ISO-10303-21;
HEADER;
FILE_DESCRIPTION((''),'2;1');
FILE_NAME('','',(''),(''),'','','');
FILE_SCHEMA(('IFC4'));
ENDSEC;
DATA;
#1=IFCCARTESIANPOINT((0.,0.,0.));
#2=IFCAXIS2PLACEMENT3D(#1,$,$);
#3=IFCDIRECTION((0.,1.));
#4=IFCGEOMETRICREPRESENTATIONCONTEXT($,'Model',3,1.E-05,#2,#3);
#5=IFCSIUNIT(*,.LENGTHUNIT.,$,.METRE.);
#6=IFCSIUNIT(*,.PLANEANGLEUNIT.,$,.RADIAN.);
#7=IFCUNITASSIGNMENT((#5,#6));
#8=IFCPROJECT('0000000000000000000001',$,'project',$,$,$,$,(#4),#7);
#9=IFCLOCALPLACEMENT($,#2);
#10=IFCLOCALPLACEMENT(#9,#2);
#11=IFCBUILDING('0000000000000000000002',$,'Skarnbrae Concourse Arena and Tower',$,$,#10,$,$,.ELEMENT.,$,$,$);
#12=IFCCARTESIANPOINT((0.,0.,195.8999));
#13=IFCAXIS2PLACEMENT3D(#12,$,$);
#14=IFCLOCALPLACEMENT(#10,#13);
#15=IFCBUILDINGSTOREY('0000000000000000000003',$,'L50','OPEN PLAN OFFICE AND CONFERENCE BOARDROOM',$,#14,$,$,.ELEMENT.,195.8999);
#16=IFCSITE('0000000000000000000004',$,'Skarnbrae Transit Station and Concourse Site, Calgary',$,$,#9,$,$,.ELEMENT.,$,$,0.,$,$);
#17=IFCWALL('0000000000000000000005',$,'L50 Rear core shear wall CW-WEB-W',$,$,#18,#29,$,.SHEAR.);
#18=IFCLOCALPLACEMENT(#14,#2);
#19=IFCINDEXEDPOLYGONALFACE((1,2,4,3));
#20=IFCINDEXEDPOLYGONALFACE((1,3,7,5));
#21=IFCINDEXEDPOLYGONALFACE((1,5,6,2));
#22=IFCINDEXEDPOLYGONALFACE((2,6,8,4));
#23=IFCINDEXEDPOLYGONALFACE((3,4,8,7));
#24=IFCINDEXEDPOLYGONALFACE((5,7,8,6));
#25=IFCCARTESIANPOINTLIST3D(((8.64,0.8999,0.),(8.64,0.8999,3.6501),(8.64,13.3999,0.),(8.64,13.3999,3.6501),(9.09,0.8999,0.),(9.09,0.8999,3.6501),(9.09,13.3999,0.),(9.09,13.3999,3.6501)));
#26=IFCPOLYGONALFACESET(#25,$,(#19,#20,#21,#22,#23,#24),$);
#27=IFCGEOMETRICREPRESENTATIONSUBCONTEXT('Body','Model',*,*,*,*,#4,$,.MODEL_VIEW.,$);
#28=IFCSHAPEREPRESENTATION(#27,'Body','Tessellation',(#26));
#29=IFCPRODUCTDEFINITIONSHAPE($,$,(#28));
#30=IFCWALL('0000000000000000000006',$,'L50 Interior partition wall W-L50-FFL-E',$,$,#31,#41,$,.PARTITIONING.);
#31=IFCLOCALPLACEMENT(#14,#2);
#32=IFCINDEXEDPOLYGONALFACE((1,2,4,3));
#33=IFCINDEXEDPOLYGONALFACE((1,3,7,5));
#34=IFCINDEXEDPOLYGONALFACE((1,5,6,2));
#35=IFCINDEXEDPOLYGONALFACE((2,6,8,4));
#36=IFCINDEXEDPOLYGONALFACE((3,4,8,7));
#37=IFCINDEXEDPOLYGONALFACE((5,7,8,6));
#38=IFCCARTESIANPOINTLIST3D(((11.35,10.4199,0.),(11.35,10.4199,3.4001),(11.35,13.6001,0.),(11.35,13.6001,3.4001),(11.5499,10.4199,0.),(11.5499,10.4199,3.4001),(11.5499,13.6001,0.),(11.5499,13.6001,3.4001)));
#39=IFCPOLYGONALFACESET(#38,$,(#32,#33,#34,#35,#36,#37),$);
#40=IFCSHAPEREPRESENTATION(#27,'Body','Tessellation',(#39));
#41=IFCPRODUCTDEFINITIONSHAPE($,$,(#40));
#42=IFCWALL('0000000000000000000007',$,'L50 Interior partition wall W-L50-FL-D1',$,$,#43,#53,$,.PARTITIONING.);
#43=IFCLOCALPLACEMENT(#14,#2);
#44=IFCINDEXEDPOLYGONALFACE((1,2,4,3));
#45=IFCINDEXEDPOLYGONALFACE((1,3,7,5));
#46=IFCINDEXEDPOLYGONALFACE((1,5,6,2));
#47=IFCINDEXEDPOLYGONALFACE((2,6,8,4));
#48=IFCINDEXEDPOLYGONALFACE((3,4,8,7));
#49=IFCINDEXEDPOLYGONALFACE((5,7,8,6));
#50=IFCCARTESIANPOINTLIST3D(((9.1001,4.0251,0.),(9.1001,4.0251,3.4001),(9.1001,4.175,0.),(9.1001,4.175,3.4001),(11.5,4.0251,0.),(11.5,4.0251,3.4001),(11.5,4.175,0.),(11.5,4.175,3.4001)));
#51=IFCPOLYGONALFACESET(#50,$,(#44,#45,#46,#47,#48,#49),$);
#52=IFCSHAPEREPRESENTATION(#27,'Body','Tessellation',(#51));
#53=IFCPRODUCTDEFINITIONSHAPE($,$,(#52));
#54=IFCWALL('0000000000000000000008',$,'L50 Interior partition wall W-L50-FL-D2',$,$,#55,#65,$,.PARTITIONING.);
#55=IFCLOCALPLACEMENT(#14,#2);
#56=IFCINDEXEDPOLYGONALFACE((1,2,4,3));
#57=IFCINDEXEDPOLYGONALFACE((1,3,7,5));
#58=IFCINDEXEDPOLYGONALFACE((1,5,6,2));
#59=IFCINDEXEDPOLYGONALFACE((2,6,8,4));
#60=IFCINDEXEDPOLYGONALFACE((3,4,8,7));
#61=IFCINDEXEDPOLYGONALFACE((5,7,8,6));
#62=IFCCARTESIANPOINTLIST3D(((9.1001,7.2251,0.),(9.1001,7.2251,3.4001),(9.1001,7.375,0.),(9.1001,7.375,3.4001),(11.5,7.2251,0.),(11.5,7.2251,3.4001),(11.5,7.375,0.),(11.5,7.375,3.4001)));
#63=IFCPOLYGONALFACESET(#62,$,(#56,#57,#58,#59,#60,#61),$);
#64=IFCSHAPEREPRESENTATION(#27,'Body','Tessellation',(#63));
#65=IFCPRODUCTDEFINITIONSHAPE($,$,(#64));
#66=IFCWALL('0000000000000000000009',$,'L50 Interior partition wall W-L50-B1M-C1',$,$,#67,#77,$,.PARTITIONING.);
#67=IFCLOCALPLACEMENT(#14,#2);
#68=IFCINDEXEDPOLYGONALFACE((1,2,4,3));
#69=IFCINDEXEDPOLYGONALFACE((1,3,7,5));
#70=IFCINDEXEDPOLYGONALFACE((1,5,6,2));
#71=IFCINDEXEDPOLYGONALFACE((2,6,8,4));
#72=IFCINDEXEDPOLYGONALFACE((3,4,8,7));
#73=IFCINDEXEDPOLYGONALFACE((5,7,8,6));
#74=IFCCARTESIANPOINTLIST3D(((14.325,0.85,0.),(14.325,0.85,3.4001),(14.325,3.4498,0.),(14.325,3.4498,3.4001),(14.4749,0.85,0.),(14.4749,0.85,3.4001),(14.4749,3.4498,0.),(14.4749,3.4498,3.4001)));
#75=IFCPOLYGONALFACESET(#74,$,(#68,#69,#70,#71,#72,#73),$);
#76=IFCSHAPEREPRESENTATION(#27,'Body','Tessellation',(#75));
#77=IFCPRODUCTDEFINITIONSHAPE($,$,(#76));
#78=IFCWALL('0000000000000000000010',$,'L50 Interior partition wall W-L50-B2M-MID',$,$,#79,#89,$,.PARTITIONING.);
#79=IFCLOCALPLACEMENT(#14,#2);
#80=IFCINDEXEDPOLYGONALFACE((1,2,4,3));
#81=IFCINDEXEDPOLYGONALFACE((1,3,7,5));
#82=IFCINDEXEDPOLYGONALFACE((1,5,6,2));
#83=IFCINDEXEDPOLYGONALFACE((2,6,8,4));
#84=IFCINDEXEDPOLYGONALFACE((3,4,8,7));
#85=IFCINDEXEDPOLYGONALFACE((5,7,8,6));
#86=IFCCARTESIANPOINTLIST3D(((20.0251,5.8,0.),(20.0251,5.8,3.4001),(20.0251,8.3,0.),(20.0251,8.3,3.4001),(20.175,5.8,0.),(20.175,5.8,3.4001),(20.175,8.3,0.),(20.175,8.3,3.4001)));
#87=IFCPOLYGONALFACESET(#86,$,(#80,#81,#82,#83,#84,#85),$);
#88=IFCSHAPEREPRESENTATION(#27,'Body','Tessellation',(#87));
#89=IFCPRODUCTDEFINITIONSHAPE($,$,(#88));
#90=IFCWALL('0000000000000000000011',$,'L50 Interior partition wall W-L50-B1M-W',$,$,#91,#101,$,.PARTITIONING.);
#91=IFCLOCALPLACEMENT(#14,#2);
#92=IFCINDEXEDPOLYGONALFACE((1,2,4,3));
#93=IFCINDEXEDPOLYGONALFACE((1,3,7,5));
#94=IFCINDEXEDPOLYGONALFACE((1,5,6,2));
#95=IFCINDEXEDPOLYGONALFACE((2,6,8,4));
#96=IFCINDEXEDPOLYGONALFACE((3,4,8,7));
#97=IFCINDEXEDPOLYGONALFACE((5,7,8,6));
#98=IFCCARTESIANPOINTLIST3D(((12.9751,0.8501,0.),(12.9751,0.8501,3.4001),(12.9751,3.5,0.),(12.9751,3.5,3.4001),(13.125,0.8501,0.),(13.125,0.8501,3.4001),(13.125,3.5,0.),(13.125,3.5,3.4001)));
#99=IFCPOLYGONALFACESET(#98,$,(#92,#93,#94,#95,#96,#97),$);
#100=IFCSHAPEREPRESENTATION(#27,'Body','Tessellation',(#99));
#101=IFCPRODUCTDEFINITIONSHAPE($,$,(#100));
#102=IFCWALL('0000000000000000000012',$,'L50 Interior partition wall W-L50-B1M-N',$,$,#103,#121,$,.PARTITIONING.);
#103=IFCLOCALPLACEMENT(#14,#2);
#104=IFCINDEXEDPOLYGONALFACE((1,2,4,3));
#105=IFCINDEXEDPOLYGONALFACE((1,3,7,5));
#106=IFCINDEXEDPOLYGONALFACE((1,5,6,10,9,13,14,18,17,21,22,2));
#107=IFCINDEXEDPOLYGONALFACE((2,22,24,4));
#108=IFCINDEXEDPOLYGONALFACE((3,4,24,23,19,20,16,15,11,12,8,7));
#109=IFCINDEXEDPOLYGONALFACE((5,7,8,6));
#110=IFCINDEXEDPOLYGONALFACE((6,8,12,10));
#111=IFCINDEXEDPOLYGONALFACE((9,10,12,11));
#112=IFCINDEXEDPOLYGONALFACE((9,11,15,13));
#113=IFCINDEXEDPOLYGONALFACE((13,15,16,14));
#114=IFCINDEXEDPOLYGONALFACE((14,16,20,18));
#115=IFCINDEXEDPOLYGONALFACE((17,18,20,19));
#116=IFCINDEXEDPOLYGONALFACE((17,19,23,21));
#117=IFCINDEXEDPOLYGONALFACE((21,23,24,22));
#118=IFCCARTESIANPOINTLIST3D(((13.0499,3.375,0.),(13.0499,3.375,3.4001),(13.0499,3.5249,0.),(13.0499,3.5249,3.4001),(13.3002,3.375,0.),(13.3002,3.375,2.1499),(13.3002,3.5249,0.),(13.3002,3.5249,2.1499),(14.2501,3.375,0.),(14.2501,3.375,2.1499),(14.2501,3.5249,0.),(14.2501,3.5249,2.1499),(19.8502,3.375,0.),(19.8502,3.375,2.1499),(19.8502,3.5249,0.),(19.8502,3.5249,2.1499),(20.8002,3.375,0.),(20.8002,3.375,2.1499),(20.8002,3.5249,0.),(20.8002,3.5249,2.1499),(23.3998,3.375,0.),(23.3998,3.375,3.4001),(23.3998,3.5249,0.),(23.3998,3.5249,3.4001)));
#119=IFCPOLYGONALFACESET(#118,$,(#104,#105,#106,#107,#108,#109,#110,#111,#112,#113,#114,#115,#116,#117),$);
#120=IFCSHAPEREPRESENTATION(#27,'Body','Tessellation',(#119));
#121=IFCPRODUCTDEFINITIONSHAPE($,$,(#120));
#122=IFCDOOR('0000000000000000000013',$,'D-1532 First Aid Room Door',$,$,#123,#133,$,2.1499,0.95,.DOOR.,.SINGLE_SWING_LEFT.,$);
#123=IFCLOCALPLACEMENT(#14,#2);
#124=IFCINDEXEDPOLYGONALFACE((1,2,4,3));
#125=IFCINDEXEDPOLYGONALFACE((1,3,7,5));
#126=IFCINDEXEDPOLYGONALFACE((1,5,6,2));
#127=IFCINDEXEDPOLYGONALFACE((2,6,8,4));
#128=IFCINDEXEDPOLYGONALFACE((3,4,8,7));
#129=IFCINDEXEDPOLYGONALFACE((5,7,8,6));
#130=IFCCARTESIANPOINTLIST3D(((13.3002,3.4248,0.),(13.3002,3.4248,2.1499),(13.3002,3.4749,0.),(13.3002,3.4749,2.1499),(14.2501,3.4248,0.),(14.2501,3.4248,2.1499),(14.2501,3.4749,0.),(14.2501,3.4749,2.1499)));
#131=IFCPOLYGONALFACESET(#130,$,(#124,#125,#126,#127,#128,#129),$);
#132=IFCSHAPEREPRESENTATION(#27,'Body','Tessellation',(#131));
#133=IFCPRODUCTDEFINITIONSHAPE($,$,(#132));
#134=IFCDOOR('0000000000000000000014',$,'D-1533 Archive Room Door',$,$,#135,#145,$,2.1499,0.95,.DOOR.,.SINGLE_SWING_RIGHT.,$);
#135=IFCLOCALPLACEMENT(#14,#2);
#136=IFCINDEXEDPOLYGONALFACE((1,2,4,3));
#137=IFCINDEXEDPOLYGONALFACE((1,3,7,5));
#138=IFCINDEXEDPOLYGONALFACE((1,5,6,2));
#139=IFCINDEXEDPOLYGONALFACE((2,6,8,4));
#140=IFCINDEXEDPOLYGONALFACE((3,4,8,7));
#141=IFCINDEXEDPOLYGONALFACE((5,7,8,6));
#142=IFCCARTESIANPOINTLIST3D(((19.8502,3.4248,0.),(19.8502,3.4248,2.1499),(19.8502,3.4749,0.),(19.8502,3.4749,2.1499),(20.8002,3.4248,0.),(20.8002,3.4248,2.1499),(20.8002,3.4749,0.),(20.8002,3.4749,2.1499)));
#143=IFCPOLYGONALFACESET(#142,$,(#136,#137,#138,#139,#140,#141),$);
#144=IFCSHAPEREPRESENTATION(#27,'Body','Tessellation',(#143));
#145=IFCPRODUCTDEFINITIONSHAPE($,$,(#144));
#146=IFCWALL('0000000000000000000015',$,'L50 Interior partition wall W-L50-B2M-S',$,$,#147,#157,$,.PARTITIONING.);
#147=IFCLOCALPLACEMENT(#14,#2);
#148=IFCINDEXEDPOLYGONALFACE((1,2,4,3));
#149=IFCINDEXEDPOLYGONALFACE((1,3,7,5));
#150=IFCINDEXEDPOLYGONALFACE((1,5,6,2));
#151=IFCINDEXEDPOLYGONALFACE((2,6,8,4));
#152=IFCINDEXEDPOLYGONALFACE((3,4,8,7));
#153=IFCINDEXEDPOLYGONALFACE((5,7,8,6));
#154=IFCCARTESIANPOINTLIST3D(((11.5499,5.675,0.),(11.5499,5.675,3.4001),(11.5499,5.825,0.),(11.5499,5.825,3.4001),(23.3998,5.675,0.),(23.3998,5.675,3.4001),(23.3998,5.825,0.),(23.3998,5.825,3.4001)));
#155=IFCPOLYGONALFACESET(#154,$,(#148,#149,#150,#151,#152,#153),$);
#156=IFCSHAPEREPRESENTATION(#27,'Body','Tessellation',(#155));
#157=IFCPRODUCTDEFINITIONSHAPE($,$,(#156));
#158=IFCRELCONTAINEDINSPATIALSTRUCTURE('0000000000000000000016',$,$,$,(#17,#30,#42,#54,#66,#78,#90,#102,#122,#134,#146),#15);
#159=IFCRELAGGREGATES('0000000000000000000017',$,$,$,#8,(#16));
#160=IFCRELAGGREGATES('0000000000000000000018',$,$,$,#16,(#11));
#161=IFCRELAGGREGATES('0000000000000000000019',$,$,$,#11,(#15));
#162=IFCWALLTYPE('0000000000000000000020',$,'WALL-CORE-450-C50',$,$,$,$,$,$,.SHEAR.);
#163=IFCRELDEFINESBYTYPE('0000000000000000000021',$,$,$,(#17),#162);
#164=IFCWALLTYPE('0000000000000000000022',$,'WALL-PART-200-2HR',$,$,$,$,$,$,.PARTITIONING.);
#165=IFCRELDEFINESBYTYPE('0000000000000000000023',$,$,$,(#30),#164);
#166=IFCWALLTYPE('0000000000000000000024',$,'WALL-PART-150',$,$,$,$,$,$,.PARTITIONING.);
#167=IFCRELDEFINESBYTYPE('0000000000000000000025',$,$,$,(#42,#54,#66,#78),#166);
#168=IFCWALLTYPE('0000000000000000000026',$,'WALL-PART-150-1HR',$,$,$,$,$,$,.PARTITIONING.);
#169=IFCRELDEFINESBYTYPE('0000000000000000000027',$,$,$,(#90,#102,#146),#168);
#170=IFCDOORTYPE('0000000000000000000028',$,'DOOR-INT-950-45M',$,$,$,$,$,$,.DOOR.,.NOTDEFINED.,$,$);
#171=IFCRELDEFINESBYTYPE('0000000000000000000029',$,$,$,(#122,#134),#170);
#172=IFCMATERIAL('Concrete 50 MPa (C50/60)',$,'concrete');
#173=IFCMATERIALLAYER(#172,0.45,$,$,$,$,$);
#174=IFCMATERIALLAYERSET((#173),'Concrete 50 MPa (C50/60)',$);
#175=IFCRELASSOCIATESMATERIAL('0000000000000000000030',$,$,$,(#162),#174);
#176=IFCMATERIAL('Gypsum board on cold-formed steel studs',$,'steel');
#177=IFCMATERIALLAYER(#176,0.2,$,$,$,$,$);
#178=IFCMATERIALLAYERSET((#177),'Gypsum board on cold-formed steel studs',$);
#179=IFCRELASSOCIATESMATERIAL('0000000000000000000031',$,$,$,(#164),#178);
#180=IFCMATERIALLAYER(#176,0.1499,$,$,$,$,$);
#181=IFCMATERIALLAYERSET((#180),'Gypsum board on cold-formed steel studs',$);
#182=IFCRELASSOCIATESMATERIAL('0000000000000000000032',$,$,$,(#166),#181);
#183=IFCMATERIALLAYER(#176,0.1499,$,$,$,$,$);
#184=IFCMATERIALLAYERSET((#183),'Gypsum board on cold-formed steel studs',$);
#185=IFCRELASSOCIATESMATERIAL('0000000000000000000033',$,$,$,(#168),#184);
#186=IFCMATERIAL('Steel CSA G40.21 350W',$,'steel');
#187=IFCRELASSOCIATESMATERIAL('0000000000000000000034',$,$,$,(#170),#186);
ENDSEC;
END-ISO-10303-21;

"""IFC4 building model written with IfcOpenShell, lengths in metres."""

from ifc_helpers import new_model, si_unit, direction, frame, frame_2d, origin, place, context, subcontext, project, spatial, rectangle, extrude, source, transform, mapped, material, layer, layer_set, type_object, element, fill, save


model = new_model("IFC4")

# Units and contexts
model_context = context("Model", 3, precision=1e-05, world=origin(), true_north=direction((0.0, 1.0)))
body_context = subcontext(model_context, "Body", "Model", "MODEL_VIEW")
ifc_project = project(units=[si_unit("LENGTHUNIT", "METRE"), si_unit("PLANEANGLEUNIT", "RADIAN")], contexts=[model_context])

# Site, building, storey
site_placement = place(None, origin())
site = spatial("IfcSite", under=ifc_project, at=site_placement, Name="Skarnbrae Transit Station and Concourse Site, Calgary", CompositionType="ELEMENT", RefElevation=0.0)
building_placement = place(site_placement, origin())
building = spatial("IfcBuilding", under=site, at=building_placement, Name="Skarnbrae Concourse Arena and Tower", CompositionType="ELEMENT")
storey_placement = place(building_placement, frame((0.0, 0.0, 195.8999)))
storey = spatial("IfcBuildingStorey", under=building, at=storey_placement, Name="L50", Description="OPEN PLAN OFFICE AND CONFERENCE BOARDROOM", CompositionType="ELEMENT", Elevation=195.8999)

# Walls
ifc_material_1 = material(Name="Concrete 50 MPa (C50/60)", Category="concrete")
ifc_layer_1 = layer(ifc_material_1, 0.45)
ifc_layer_set_1 = layer_set([ifc_layer_1], Name="Concrete 50 MPa (C50/60)")
wall_type_1 = type_object("IfcWallType", Name="WALL-CORE-450-C50", PredefinedType="SHEAR", material=ifc_layer_set_1)
shared_shape_1 = source(origin(), body_context, "Body", "SweptSolid", [
    extrude(rectangle(XDim=12.5, YDim=0.45, at=frame_2d((6.25, 0.0))), origin(), (0.0, 0.0, 1.0), 3.6501),
])
wall_1_placement = place(storey_placement, frame((8.865, 0.8999, 0.0), z_axis=(0.0, 0.0, 1.0), x_axis=(0.0, 1.0, 0.0)))
element("IfcWall", 1, at=wall_1_placement, inside=storey, type_object=wall_type_1, Name="L50 Rear core shear wall CW-WEB-W", PredefinedType="SHEAR", context=body_context, shape_type="MappedRepresentation", body=[
    mapped(shared_shape_1, transform((0.0, 0.0, 0.0))),
])
ifc_material_2 = material(Name="Gypsum board on cold-formed steel studs", Category="steel")
ifc_layer_2 = layer(ifc_material_2, 0.2)
ifc_layer_set_2 = layer_set([ifc_layer_2], Name="Gypsum board on cold-formed steel studs")
wall_type_2 = type_object("IfcWallType", Name="WALL-PART-200-2HR", PredefinedType="PARTITIONING", material=ifc_layer_set_2)
shared_shape_2 = source(origin(), body_context, "Body", "SweptSolid", [
    extrude(rectangle(XDim=3.1802, YDim=0.2, at=frame_2d((1.5901, 0.0))), origin(), (0.0, 0.0, 1.0), 3.4001),
])
wall_2_placement = place(storey_placement, frame((11.45, 10.4199, 0.0), z_axis=(0.0, 0.0, 1.0), x_axis=(0.0, 1.0, 0.0)))
element("IfcWall", 2, at=wall_2_placement, inside=storey, type_object=wall_type_2, Name="L50 Interior partition wall W-L50-FFL-E", PredefinedType="PARTITIONING", context=body_context, shape_type="MappedRepresentation", body=[
    mapped(shared_shape_2, transform((0.0, 0.0, 0.0))),
])

# Shared definitions
ifc_material_3 = material(Name="Steel CSA G40.21 350W", Category="steel")

# Walls
ifc_layer_3 = layer(ifc_material_2, 0.1499)
ifc_layer_set_3 = layer_set([ifc_layer_3], Name="Gypsum board on cold-formed steel studs")
wall_type_3 = type_object("IfcWallType", Name="WALL-PART-150", PredefinedType="PARTITIONING", material=ifc_layer_set_3)
shared_shape_3 = source(origin(), body_context, "Body", "SweptSolid", [
    extrude(rectangle(XDim=2.3999, YDim=0.1499, at=frame_2d((1.2, 0.0))), origin(), (0.0, 0.0, 1.0), 3.4001),
])
for number, where, z_axis, x_axis, name in (
    (3, (9.1001, 4.1001, 0.0), (0.0, 0.0, 1.0), (1.0, 0.0, 0.0), "L50 Interior partition wall W-L50-FL-D1"),
    (4, (9.1001, 7.3, 0.0), (0.0, 0.0, 1.0), (1.0, 0.0, 0.0), "L50 Interior partition wall W-L50-FL-D2"),
):
    element("IfcWall", number, at=place(storey_placement, frame(where, z_axis=z_axis, x_axis=x_axis)), inside=storey, type_object=wall_type_3, Name=name, PredefinedType="PARTITIONING", context=body_context, shape_type="MappedRepresentation", body=[
        mapped(shared_shape_3, transform((0.0, 0.0, 0.0))),
    ])
shared_shape_4 = source(origin(), body_context, "Body", "SweptSolid", [
    extrude(rectangle(XDim=2.5999, YDim=0.1499, at=frame_2d((1.2998, 0.0))), origin(), (0.0, 0.0, 1.0), 3.4001),
])
wall_3_placement = place(storey_placement, frame((14.3999, 0.8501, 0.0), z_axis=(0.0, 0.0, 1.0), x_axis=(0.0, 1.0, 0.0)))
element("IfcWall", 5, at=wall_3_placement, inside=storey, type_object=wall_type_3, Name="L50 Interior partition wall W-L50-B1M-C1", PredefinedType="PARTITIONING", context=body_context, shape_type="MappedRepresentation", body=[
    mapped(shared_shape_4, transform((0.0, 0.0, 0.0))),
])
shared_shape_5 = source(origin(), body_context, "Body", "SweptSolid", [
    extrude(rectangle(XDim=2.5, YDim=0.1499, at=frame_2d((1.25, 0.0))), origin(), (0.0, 0.0, 1.0), 3.4001),
])
wall_4_placement = place(storey_placement, frame((20.1001, 5.8, 0.0), z_axis=(0.0, 0.0, 1.0), x_axis=(0.0, 1.0, 0.0)))
element("IfcWall", 6, at=wall_4_placement, inside=storey, type_object=wall_type_3, Name="L50 Interior partition wall W-L50-B2M-MID", PredefinedType="PARTITIONING", context=body_context, shape_type="MappedRepresentation", body=[
    mapped(shared_shape_5, transform((0.0, 0.0, 0.0))),
])
ifc_layer_4 = layer(ifc_material_2, 0.1499)
ifc_layer_set_4 = layer_set([ifc_layer_4], Name="Gypsum board on cold-formed steel studs")
wall_type_4 = type_object("IfcWallType", Name="WALL-PART-150-1HR", PredefinedType="PARTITIONING", material=ifc_layer_set_4)
shared_shape_6 = source(origin(), body_context, "Body", "SweptSolid", [
    extrude(rectangle(XDim=2.6499, YDim=0.1499, at=frame_2d((1.325, 0.0))), origin(), (0.0, 0.0, 1.0), 3.4001),
])
wall_5_placement = place(storey_placement, frame((13.05, 0.8501, 0.0), z_axis=(0.0, 0.0, 1.0), x_axis=(0.0, 1.0, 0.0)))
element("IfcWall", 7, at=wall_5_placement, inside=storey, type_object=wall_type_4, Name="L50 Interior partition wall W-L50-B1M-W", PredefinedType="PARTITIONING", context=body_context, shape_type="MappedRepresentation", body=[
    mapped(shared_shape_6, transform((0.0, 0.0, 0.0))),
])

# Wall, openings, doors
shared_shape_7 = source(origin(), body_context, "Body", "SweptSolid", [
    extrude(rectangle(XDim=10.3499, YDim=0.1499, at=frame_2d((5.1748, 0.0))), origin(), (0.0, 0.0, 1.0), 3.4001),
])
wall_6_placement = place(storey_placement, frame((13.05, 3.45, 0.0), z_axis=(0.0, 0.0, 1.0), x_axis=(1.0, 0.0, 0.0)))
wall_6 = element("IfcWall", 8, at=wall_6_placement, inside=storey, type_object=wall_type_4, Name="L50 Interior partition wall W-L50-B1M-N", PredefinedType="PARTITIONING", context=body_context, shape_type="MappedRepresentation", body=[
    mapped(shared_shape_7, transform((0.0, 0.0, 0.0))),
])
opening_1_placement = place(wall_6_placement, frame((0.25, 0.0, 0.0)))
opening_1 = element("IfcOpeningElement", 9, at=opening_1_placement, cuts=wall_6, PredefinedType="OPENING", context=body_context, shape_type="SweptSolid", body=[
    extrude(rectangle(XDim=0.95, YDim=2.1499, at=frame_2d((0.4751, 1.075))), frame((0.0, 0.085, 0.0), z_axis=(0.0, -1.0, 0.0), x_axis=(1.0, 0.0, 0.0)), (0.0, 0.0, 1.0), 0.1699),
])
opening_2_placement = place(wall_6_placement, frame((6.8, 0.0, 0.0)))
opening_2 = element("IfcOpeningElement", 10, at=opening_2_placement, cuts=wall_6, PredefinedType="OPENING", context=body_context, shape_type="SweptSolid", body=[
    extrude(rectangle(XDim=0.95, YDim=2.1499, at=frame_2d((0.4751, 1.075))), frame((0.0, 0.085, 0.0), z_axis=(0.0, -1.0, 0.0), x_axis=(1.0, 0.0, 0.0)), (0.0, 0.0, 1.0), 0.1699),
])
door_type_1 = type_object("IfcDoorType", Name="DOOR-INT-950-45M", OperationType="NOTDEFINED", PredefinedType="DOOR", material=ifc_material_3)
shared_shape_8 = source(origin(), body_context, "Body", "SweptSolid", [
    extrude(rectangle(XDim=0.95, YDim=2.1499, at=frame_2d((0.4751, 1.075))), frame((0.0, 0.0249, 0.0), z_axis=(0.0, -1.0, 0.0), x_axis=(1.0, 0.0, 0.0)), (0.0, 0.0, 1.0), 0.05),
])
door_1_placement = place(opening_1_placement, origin())
door_1 = element("IfcDoor", 11, at=door_1_placement, inside=storey, type_object=door_type_1, Name="D-1532 First Aid Room Door", OperationType="SINGLE_SWING_LEFT", OverallHeight=2.1499, OverallWidth=0.95, PredefinedType="DOOR", context=body_context, shape_type="MappedRepresentation", body=[
    mapped(shared_shape_8, transform((0.0, 0.0, 0.0))),
])
fill(opening_1, door_1)
door_2_placement = place(opening_2_placement, origin())
door_2 = element("IfcDoor", 12, at=door_2_placement, inside=storey, type_object=door_type_1, Name="D-1533 Archive Room Door", OperationType="SINGLE_SWING_RIGHT", OverallHeight=2.1499, OverallWidth=0.95, PredefinedType="DOOR", context=body_context, shape_type="MappedRepresentation", body=[
    mapped(shared_shape_8, transform((0.0, 0.0, 0.0))),
])
fill(opening_2, door_2)

# Wall
shared_shape_9 = source(origin(), body_context, "Body", "SweptSolid", [
    extrude(rectangle(XDim=11.8499, YDim=0.1499, at=frame_2d((5.9248, 0.0))), origin(), (0.0, 0.0, 1.0), 3.4001),
])
wall_7_placement = place(storey_placement, frame((11.55, 5.75, 0.0), z_axis=(0.0, 0.0, 1.0), x_axis=(1.0, 0.0, 0.0)))
element("IfcWall", 13, at=wall_7_placement, inside=storey, type_object=wall_type_4, Name="L50 Interior partition wall W-L50-B2M-S", PredefinedType="PARTITIONING", context=body_context, shape_type="MappedRepresentation", body=[
    mapped(shared_shape_9, transform((0.0, 0.0, 0.0))),
])

save(model, "model.ifc")
